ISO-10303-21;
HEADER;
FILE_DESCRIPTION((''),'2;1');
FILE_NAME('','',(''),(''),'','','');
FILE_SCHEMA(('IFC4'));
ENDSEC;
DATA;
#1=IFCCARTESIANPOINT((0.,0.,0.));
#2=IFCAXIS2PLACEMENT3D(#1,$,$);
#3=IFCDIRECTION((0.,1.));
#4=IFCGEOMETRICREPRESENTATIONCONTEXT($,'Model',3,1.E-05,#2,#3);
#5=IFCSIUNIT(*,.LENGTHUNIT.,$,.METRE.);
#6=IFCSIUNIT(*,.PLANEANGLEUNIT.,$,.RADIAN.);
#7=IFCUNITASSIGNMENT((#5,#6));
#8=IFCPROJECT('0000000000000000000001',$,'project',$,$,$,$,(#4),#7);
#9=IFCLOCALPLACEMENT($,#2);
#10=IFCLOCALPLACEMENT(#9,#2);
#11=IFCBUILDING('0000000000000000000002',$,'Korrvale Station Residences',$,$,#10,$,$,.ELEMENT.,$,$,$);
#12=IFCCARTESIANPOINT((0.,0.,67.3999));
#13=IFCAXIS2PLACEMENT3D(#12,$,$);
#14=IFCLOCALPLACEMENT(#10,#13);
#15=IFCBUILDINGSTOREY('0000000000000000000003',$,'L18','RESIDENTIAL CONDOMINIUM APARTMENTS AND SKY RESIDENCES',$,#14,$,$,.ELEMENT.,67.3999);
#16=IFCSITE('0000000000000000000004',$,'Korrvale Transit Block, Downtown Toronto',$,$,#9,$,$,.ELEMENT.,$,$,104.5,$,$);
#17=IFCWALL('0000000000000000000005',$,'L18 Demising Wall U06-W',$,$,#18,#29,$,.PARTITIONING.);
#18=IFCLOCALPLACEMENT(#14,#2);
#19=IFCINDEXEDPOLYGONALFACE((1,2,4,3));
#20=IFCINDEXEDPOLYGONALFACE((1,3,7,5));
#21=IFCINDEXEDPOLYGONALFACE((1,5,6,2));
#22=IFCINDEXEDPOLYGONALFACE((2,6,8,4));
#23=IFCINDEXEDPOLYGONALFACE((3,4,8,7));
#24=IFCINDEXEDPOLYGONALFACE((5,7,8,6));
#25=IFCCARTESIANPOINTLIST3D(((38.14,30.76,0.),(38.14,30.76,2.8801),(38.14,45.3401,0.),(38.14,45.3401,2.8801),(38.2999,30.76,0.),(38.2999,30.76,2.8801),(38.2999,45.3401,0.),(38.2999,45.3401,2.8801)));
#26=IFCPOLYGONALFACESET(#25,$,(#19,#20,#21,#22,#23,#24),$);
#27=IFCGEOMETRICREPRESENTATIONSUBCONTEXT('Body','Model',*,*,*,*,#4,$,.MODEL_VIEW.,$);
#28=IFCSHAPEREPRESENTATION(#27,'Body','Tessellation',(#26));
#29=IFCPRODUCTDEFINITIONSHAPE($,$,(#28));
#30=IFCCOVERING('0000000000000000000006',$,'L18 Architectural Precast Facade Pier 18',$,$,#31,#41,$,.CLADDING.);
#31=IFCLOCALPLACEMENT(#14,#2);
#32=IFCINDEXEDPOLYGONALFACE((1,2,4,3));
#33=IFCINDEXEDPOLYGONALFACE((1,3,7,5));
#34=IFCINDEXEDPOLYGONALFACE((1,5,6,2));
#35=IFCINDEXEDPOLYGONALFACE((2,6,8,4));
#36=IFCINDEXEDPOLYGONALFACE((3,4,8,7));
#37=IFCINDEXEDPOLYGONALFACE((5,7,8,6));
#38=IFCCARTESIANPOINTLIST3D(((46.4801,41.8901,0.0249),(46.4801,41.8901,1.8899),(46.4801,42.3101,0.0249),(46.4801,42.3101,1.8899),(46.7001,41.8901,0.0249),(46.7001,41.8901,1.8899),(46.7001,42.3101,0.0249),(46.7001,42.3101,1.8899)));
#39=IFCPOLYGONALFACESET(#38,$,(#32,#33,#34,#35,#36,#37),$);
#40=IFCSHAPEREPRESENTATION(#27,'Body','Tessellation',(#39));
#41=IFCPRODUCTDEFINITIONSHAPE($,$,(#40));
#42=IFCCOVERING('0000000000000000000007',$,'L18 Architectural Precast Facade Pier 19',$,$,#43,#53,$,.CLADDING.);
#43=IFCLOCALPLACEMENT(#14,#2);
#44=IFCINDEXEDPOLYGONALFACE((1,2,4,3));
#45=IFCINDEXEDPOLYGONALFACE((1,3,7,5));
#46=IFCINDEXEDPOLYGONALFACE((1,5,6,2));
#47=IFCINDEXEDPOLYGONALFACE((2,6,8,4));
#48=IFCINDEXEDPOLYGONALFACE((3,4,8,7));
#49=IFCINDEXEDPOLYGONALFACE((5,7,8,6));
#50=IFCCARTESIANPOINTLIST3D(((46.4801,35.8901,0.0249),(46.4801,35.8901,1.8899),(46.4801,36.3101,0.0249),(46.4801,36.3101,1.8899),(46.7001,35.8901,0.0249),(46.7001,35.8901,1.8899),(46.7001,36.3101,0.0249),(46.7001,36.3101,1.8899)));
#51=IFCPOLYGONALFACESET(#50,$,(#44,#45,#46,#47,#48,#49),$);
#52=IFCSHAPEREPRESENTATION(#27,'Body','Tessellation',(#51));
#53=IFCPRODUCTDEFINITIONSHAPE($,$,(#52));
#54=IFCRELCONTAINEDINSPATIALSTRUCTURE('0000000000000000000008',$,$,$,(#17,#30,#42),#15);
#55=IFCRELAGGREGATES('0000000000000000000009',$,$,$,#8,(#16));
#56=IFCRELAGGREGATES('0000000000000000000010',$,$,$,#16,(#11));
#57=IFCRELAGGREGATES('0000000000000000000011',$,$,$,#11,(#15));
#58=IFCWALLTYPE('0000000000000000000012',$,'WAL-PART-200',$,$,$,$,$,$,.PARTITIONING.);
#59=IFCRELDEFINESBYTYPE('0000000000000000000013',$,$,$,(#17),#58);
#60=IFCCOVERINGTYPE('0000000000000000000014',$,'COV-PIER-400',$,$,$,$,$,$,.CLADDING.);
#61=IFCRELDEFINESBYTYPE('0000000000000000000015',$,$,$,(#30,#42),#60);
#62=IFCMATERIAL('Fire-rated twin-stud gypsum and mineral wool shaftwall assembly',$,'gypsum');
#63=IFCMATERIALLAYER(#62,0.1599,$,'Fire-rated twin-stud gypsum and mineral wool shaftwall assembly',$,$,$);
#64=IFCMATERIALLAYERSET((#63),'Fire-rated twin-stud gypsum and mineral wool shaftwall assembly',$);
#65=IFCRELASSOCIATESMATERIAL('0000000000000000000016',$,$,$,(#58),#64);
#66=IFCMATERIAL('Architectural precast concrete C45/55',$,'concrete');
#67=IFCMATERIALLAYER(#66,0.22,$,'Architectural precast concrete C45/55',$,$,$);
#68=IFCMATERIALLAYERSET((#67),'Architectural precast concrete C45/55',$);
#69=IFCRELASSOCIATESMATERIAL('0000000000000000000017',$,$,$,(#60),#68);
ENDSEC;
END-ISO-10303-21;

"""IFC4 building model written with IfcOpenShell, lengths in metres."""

from ifc_helpers import new_model, si_unit, direction, frame, frame_2d, origin, origin_2d, place, context, subcontext, project, spatial, rectangle, extrude, material, layer, layer_set, type_object, element, save


model = new_model("IFC4")

# Units and contexts
model_context = context("Model", 3, precision=1e-05, world=origin(), true_north=direction((0.0, 1.0)))
body_context = subcontext(model_context, "Body", "Model", "MODEL_VIEW")
ifc_project = project(units=[si_unit("LENGTHUNIT", "METRE"), si_unit("PLANEANGLEUNIT", "RADIAN")], contexts=[model_context])

# Site, building, storey
site_placement = place(None, origin())
site = spatial("IfcSite", under=ifc_project, at=site_placement, Name="Korrvale Transit Block, Downtown Toronto", CompositionType="ELEMENT", RefElevation=104.5)
building_placement = place(site_placement, origin())
building = spatial("IfcBuilding", under=site, at=building_placement, Name="Korrvale Station Residences", CompositionType="ELEMENT")
storey_placement = place(building_placement, frame((0.0, 0.0, 67.3999)))
storey = spatial("IfcBuildingStorey", under=building, at=storey_placement, Name="L18", Description="RESIDENTIAL CONDOMINIUM APARTMENTS AND SKY RESIDENCES", CompositionType="ELEMENT", Elevation=67.3999)

# Wall
ifc_material_1 = material(Name="Fire-rated twin-stud gypsum and mineral wool shaftwall assembly", Category="gypsum")
ifc_layer_1 = layer(ifc_material_1, 0.1599, Name="Fire-rated twin-stud gypsum and mineral wool shaftwall assembly")
ifc_layer_set_1 = layer_set([ifc_layer_1], Name="Fire-rated twin-stud gypsum and mineral wool shaftwall assembly")
wall_type_1 = type_object("IfcWallType", Name="WAL-PART-200", PredefinedType="PARTITIONING", material=ifc_layer_set_1)
wall_1_placement = place(storey_placement, frame((38.22, 30.76, 0.0), z_axis=(0.0, 0.0, 1.0), x_axis=(0.0, 1.0, 0.0)))
element("IfcWall", 1, at=wall_1_placement, inside=storey, type_object=wall_type_1, Name="L18 Demising Wall U06-W", PredefinedType="PARTITIONING", context=body_context, shape_type="SweptSolid", body=[
    extrude(rectangle(XDim=14.5801, YDim=0.1599, at=frame_2d((7.29, 0.0))), origin(), (0.0, 0.0, 1.0), 2.8801),
])

# Coverings
ifc_material_2 = material(Name="Architectural precast concrete C45/55", Category="concrete")
ifc_layer_2 = layer(ifc_material_2, 0.22, Name="Architectural precast concrete C45/55")
ifc_layer_set_2 = layer_set([ifc_layer_2], Name="Architectural precast concrete C45/55")
covering_type = type_object("IfcCoveringType", Name="COV-PIER-400", PredefinedType="CLADDING", material=ifc_layer_set_2)
for number, where, z_axis, x_axis, name in (
    (2, (46.5901, 42.1001, 0.0249), (0.0, 0.0, 1.0), (0.0, 1.0, 0.0), "L18 Architectural Precast Facade Pier 18"),
    (3, (46.5901, 36.1001, 0.0249), (0.0, 0.0, 1.0), (0.0, 1.0, 0.0), "L18 Architectural Precast Facade Pier 19"),
):
    element("IfcCovering", number, at=place(storey_placement, frame(where, z_axis=z_axis, x_axis=x_axis)), inside=storey, type_object=covering_type, Name=name, PredefinedType="CLADDING", context=body_context, shape_type="SweptSolid", body=[
        extrude(rectangle(XDim=0.4199, YDim=0.22, at=origin_2d()), origin(), (0.0, 0.0, 1.0), 1.865),
    ])

save(model, "model.ifc")
